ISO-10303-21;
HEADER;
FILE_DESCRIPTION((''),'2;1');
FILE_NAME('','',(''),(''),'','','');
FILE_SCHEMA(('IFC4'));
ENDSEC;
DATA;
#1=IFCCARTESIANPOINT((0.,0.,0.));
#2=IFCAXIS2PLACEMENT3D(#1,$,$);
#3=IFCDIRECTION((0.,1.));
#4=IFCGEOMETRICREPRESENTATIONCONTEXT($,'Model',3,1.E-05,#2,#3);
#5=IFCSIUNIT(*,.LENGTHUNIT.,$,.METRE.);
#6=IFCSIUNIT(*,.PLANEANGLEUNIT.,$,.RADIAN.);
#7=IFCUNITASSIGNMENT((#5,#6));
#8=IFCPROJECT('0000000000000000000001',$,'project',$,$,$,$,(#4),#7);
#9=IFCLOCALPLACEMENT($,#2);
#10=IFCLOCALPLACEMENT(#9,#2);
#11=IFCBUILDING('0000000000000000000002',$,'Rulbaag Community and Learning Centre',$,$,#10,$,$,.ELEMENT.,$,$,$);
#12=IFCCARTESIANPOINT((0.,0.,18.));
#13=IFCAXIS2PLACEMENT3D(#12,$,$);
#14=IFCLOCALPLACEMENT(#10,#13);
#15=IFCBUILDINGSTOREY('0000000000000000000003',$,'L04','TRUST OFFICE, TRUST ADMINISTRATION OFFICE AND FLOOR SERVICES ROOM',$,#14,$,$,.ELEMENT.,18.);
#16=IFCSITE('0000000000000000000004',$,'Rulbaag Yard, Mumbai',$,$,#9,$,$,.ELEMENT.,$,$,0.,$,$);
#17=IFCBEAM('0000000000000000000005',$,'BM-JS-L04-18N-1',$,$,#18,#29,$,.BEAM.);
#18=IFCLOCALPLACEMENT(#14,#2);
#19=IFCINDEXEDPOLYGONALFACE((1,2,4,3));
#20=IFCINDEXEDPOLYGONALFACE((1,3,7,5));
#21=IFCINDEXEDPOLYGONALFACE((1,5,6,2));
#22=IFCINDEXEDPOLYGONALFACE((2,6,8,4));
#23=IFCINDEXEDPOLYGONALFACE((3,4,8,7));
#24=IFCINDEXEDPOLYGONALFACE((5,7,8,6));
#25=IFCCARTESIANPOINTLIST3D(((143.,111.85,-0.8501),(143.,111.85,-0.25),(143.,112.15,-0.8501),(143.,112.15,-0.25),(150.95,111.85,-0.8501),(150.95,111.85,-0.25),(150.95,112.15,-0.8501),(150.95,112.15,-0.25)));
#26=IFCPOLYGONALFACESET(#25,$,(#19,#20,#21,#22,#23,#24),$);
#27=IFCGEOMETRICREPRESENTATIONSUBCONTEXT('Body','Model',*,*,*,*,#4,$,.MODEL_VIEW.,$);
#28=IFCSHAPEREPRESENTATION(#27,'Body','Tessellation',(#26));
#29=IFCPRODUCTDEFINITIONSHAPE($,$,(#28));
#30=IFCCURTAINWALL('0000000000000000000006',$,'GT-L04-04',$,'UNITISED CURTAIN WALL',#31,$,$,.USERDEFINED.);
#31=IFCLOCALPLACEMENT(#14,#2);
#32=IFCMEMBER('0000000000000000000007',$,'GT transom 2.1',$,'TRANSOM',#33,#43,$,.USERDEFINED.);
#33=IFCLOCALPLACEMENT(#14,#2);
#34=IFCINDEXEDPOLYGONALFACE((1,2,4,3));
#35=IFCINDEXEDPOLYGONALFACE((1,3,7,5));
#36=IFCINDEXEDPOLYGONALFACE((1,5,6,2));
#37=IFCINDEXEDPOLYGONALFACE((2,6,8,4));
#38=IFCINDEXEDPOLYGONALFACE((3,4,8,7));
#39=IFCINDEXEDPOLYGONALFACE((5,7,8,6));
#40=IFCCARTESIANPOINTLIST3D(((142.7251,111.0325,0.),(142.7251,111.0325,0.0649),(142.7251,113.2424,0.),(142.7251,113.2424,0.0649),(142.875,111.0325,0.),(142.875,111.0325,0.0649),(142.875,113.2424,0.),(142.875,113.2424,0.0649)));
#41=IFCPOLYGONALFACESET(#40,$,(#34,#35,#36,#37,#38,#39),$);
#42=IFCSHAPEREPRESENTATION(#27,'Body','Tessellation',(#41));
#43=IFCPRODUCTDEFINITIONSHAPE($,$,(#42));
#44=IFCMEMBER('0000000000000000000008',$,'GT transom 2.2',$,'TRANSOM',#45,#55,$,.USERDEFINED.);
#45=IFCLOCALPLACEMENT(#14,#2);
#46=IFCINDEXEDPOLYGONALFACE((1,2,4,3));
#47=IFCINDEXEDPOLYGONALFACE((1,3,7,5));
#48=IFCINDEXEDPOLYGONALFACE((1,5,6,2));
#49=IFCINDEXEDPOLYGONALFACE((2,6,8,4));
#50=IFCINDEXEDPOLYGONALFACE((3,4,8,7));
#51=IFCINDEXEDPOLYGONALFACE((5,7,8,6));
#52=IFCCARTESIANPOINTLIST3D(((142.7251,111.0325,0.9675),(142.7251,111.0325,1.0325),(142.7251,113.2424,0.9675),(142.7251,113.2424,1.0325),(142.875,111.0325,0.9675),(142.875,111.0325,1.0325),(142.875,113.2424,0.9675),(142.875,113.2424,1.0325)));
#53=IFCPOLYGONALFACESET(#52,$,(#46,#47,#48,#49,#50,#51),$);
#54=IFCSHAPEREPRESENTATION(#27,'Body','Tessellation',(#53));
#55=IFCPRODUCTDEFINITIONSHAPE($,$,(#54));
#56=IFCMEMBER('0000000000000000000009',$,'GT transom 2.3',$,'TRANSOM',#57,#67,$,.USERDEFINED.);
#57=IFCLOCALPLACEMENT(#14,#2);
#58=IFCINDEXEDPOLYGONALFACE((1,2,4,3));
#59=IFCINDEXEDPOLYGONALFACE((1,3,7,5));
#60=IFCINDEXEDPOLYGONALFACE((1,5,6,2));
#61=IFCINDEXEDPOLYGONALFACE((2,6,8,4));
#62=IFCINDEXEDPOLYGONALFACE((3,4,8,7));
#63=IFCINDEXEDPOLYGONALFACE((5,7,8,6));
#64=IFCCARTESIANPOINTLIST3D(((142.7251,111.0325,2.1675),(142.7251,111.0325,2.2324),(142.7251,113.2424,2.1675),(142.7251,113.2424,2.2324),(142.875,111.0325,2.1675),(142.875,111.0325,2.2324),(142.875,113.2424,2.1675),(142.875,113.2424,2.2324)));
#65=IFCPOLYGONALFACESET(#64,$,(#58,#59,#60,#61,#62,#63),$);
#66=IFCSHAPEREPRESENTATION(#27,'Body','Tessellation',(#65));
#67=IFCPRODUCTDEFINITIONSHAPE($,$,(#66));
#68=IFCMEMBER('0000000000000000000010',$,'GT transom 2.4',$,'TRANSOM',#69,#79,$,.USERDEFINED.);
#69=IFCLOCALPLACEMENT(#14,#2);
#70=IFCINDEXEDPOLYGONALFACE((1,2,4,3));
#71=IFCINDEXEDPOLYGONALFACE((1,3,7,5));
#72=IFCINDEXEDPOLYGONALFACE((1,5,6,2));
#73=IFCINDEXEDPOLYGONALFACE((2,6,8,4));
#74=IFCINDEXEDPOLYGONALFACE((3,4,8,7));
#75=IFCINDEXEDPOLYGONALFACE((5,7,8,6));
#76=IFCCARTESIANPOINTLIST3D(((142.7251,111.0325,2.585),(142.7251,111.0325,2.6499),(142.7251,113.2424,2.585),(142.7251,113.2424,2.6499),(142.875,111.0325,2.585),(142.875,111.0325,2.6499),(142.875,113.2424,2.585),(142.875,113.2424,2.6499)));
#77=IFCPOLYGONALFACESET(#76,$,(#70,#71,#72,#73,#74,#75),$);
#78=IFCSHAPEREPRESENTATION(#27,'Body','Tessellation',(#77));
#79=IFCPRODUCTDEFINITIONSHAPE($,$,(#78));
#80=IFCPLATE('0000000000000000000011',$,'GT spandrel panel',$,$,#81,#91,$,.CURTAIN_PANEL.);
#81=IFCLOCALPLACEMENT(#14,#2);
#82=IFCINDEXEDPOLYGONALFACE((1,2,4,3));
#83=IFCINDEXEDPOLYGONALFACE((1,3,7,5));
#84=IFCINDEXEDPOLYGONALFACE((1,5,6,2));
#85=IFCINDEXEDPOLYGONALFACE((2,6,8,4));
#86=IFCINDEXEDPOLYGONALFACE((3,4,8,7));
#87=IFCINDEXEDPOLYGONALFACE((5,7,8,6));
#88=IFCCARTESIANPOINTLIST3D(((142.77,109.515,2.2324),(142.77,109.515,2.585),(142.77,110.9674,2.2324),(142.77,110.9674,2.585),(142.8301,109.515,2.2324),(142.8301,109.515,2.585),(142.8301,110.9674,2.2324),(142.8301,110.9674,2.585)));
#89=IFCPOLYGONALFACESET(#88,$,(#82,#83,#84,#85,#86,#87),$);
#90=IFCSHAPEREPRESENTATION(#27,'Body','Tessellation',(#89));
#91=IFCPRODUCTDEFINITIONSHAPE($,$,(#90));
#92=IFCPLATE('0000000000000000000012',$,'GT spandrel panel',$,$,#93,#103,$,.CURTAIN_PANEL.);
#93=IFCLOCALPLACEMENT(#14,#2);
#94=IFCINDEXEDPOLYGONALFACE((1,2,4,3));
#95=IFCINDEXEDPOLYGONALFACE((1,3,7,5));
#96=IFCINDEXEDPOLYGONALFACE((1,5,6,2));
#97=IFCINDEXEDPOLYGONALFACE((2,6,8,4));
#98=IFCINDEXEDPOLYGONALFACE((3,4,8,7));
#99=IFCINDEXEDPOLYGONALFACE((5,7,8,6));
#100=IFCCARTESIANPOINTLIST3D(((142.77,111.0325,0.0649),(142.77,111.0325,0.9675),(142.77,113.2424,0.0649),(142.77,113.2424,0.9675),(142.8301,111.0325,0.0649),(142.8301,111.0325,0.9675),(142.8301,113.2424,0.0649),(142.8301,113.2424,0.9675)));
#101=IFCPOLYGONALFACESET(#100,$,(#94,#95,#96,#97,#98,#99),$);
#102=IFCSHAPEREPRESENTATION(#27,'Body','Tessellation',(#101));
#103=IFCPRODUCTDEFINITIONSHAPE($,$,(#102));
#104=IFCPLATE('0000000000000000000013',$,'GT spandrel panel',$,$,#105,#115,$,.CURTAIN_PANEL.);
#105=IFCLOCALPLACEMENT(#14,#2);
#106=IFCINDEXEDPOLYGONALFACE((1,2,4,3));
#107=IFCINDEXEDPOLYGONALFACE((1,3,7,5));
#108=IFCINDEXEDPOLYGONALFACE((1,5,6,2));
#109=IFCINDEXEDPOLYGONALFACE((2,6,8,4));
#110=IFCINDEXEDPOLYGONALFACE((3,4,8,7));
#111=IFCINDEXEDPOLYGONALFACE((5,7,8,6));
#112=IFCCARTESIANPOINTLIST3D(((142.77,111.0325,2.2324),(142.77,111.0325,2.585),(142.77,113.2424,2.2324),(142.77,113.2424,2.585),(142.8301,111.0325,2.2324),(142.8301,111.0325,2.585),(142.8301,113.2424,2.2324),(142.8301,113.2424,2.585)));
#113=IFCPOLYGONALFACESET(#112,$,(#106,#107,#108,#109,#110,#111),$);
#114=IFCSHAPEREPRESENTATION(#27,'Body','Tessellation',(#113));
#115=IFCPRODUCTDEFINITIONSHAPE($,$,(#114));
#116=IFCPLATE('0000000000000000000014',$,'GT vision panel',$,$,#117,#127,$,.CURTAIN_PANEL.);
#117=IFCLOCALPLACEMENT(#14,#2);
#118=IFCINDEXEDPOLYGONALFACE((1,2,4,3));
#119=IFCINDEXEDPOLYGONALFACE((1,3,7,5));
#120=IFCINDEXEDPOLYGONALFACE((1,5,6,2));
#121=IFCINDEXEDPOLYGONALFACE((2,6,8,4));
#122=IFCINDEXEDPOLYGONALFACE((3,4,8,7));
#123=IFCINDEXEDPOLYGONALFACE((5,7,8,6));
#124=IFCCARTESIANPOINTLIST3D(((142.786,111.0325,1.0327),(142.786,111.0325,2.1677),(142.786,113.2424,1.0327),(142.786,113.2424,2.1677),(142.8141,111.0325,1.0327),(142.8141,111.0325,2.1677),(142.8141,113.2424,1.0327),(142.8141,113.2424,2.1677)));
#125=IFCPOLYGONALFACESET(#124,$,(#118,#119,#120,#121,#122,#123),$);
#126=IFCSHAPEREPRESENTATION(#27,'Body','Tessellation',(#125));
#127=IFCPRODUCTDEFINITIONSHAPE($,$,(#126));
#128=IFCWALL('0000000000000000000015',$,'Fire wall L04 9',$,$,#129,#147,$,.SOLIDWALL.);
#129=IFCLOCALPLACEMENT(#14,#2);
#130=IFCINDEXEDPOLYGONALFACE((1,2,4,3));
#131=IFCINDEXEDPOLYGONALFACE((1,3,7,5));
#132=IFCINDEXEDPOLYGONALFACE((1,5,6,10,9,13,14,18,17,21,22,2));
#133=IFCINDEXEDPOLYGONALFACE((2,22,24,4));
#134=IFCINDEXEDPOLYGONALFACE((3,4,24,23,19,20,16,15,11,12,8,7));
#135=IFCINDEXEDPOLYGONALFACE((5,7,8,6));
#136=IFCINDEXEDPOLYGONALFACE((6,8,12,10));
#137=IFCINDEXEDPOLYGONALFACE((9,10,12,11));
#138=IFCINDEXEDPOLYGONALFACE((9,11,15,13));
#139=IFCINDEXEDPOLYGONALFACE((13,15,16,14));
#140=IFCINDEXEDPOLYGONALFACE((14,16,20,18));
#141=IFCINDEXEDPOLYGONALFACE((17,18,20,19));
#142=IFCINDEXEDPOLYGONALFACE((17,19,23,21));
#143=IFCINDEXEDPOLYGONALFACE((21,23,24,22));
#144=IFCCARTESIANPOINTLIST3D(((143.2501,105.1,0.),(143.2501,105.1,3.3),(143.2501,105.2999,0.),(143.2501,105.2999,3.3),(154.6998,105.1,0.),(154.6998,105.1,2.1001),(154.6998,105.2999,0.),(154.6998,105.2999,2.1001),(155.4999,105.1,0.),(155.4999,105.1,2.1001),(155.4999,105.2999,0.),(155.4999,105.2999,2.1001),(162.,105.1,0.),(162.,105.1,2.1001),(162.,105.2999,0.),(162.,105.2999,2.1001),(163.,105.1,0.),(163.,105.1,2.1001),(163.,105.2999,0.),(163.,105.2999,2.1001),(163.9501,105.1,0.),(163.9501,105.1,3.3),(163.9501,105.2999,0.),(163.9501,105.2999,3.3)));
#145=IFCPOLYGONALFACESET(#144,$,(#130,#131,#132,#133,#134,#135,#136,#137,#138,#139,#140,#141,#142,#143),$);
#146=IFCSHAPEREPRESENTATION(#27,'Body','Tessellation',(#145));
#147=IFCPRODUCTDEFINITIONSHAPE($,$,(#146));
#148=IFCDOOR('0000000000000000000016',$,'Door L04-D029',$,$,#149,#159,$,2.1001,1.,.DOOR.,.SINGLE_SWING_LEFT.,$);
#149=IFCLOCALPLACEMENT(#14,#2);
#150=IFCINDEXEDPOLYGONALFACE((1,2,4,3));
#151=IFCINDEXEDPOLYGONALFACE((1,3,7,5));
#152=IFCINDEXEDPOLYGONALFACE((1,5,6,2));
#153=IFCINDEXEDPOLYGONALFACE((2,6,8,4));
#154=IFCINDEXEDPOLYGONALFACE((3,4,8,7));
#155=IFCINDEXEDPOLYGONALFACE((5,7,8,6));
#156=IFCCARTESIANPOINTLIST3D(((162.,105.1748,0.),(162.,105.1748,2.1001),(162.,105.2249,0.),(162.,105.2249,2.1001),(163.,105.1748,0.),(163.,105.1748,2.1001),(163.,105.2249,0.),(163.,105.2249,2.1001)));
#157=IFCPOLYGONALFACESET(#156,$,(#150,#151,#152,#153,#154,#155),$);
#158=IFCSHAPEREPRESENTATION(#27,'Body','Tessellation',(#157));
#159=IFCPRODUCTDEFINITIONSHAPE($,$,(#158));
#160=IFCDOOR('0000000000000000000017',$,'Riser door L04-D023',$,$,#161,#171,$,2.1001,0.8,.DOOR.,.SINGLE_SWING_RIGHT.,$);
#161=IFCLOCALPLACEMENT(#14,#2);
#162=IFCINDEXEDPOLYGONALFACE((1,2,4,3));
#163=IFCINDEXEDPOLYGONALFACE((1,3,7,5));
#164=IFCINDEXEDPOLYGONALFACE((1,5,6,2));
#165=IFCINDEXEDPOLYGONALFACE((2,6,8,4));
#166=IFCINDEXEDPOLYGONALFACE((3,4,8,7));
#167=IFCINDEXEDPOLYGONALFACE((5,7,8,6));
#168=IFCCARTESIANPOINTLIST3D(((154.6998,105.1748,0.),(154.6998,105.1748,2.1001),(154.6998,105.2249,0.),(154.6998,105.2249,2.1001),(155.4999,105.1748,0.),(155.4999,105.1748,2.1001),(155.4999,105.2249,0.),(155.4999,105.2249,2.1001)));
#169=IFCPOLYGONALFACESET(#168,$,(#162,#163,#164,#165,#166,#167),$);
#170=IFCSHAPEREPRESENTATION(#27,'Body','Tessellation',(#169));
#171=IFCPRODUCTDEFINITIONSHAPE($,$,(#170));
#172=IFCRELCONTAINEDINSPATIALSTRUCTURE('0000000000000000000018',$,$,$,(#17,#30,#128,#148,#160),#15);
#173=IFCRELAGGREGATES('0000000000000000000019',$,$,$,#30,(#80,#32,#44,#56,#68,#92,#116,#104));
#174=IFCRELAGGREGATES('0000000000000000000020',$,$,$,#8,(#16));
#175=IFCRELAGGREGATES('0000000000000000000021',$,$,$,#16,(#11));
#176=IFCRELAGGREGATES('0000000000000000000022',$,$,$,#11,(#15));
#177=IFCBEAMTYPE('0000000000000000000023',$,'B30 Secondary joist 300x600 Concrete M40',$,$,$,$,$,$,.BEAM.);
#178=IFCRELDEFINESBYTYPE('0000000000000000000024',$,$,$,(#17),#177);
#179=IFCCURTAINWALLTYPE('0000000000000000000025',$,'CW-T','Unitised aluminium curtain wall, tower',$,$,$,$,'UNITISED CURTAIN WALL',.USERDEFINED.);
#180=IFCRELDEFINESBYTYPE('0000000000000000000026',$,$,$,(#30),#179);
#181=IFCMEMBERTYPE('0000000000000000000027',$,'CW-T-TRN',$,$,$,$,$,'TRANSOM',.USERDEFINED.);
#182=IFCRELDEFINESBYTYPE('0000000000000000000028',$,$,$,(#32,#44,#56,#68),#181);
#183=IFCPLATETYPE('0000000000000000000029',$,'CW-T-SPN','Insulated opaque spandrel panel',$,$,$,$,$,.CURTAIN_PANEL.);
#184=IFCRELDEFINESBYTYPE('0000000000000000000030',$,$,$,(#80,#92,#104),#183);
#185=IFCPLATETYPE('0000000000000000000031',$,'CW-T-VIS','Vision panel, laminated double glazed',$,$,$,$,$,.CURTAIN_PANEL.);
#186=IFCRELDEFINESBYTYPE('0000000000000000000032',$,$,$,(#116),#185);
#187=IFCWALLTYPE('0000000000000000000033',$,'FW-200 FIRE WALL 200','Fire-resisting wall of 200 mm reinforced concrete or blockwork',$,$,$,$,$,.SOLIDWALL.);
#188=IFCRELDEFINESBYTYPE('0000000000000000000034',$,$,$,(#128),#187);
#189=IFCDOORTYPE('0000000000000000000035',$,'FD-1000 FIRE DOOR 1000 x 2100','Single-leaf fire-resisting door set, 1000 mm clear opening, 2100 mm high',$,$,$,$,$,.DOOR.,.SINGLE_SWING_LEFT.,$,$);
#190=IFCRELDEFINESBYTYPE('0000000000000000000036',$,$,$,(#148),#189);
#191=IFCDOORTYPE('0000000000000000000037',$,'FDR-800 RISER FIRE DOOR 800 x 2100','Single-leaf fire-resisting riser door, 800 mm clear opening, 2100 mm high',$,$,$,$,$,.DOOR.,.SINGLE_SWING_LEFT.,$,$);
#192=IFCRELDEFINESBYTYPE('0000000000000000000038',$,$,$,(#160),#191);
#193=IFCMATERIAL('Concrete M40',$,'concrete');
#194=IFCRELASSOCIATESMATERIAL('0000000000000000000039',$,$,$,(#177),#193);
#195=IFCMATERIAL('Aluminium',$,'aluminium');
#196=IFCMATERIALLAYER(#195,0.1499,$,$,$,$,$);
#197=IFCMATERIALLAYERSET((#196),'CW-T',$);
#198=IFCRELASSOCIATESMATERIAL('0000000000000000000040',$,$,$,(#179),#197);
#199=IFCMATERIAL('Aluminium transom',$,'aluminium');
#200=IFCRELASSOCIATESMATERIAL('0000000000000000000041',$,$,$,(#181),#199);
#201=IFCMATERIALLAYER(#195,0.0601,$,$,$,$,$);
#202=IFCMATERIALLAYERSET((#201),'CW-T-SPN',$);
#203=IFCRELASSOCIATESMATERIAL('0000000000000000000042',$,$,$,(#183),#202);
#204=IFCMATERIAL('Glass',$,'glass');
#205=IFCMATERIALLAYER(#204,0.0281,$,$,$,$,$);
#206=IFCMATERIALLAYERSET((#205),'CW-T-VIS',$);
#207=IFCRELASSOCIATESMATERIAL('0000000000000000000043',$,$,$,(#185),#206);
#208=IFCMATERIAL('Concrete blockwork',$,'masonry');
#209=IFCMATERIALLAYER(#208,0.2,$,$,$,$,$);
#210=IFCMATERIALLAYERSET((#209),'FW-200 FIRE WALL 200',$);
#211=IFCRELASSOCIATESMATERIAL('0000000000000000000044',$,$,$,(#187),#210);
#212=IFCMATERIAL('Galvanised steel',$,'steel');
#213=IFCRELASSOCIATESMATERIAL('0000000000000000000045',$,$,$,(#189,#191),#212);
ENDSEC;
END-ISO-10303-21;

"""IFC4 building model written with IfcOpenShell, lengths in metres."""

from ifc_helpers import new_model, si_unit, direction, frame, frame_2d, origin, origin_2d, place, context, subcontext, project, spatial, rectangle, extrude, material, layer, layer_set, material_profile, profile_set, type_object, element, fill, aggregate, save


model = new_model("IFC4")

# Units and contexts
model_context = context("Model", 3, precision=1e-05, world=origin(), true_north=direction((0.0, 1.0)))
body_context = subcontext(model_context, "Body", "Model", "MODEL_VIEW")
ifc_project = project(units=[si_unit("LENGTHUNIT", "METRE"), si_unit("PLANEANGLEUNIT", "RADIAN")], contexts=[model_context])

# Site, building, storey
site_placement = place(None, origin())
site = spatial("IfcSite", under=ifc_project, at=site_placement, Name="Rulbaag Yard, Mumbai", CompositionType="ELEMENT", RefElevation=0.0)
building_placement = place(site_placement, origin())
building = spatial("IfcBuilding", under=site, at=building_placement, Name="Rulbaag Community and Learning Centre", CompositionType="ELEMENT")
storey_placement = place(building_placement, frame((0.0, 0.0, 18.0)))
storey = spatial("IfcBuildingStorey", under=building, at=storey_placement, Name="L04", Description="TRUST OFFICE, TRUST ADMINISTRATION OFFICE AND FLOOR SERVICES ROOM", CompositionType="ELEMENT", Elevation=18.0)

# Beam
ifc_material_1 = material(Name="Concrete M40", Category="concrete")
ifc_material_profile_1 = material_profile(ifc_material_1, rectangle(XDim=0.3, YDim=0.6001, at=origin_2d()), Name="RB300x600")
ifc_profile_set_1 = profile_set([ifc_material_profile_1], Name="Concrete M40")
beam_type = type_object("IfcBeamType", Name="B30 Secondary joist 300x600 Concrete M40", PredefinedType="BEAM", material=ifc_profile_set_1)
beam_placement = place(storey_placement, frame((143.0, 112.0, -0.55), z_axis=(1.0, 0.0, 0.0), x_axis=(0.0, 1.0, 0.0)))
element("IfcBeam", 1, at=beam_placement, inside=storey, type_object=beam_type, Name="BM-JS-L04-18N-1", PredefinedType="BEAM", context=body_context, shape_type="SweptSolid", body=[
    extrude(rectangle(XDim=0.3, YDim=0.6001, at=origin_2d()), origin(), (0.0, 0.0, 1.0), 7.95),
])

# Curtain wall, members, plates
ifc_material_2 = material(Name="Aluminium", Category="aluminium")
ifc_layer_1 = layer(ifc_material_2, 0.1499)
ifc_layer_set_1 = layer_set([ifc_layer_1], Name="CW-T")
curtain_wall_type = type_object("IfcCurtainWallType", Name="CW-T", Description="Unitised aluminium curtain wall, tower", ElementType="UNITISED CURTAIN WALL", PredefinedType="USERDEFINED", material=ifc_layer_set_1)
curtain_wall_placement = place(storey_placement, origin())
curtain_wall = element("IfcCurtainWall", 2, at=curtain_wall_placement, inside=storey, type_object=curtain_wall_type, Name="GT-L04-04", ObjectType="UNITISED CURTAIN WALL", PredefinedType="USERDEFINED")
ifc_material_3 = material(Name="Aluminium transom", Category="aluminium")
ifc_material_profile_2 = material_profile(ifc_material_3, rectangle(XDim=0.1499, YDim=0.0649, at=origin_2d()), Name="AL 65x150 T")
ifc_profile_set_2 = profile_set([ifc_material_profile_2], Name="Aluminium transom")
member_type = type_object("IfcMemberType", Name="CW-T-TRN", ElementType="TRANSOM", PredefinedType="USERDEFINED", material=ifc_profile_set_2)
member_1_placement = place(storey_placement, frame((142.8, 111.0325, 0.0325), z_axis=(0.0, 1.0, 0.0), x_axis=(-1.0, 0.0, 0.0)))
member_1 = element("IfcMember", 3, at=member_1_placement, type_object=member_type, Name="GT transom 2.1", ObjectType="TRANSOM", PredefinedType="USERDEFINED", context=body_context, shape_type="SweptSolid", body=[
    extrude(rectangle(XDim=0.1499, YDim=0.0649, at=origin_2d()), origin(), (0.0, 0.0, 1.0), 2.21),
])
member_2_placement = place(storey_placement, frame((142.8, 111.0325, 1.0), z_axis=(0.0, 1.0, 0.0), x_axis=(-1.0, 0.0, 0.0)))
member_2 = element("IfcMember", 4, at=member_2_placement, type_object=member_type, Name="GT transom 2.2", ObjectType="TRANSOM", PredefinedType="USERDEFINED", context=body_context, shape_type="SweptSolid", body=[
    extrude(rectangle(XDim=0.1499, YDim=0.0649, at=origin_2d()), origin(), (0.0, 0.0, 1.0), 2.21),
])
member_3_placement = place(storey_placement, frame((142.8, 111.0325, 2.2), z_axis=(0.0, 1.0, 0.0), x_axis=(-1.0, 0.0, 0.0)))
member_3 = element("IfcMember", 5, at=member_3_placement, type_object=member_type, Name="GT transom 2.3", ObjectType="TRANSOM", PredefinedType="USERDEFINED", context=body_context, shape_type="SweptSolid", body=[
    extrude(rectangle(XDim=0.1499, YDim=0.0649, at=origin_2d()), origin(), (0.0, 0.0, 1.0), 2.21),
])
member_4_placement = place(storey_placement, frame((142.8, 111.0325, 2.6174), z_axis=(0.0, 1.0, 0.0), x_axis=(-1.0, 0.0, 0.0)))
member_4 = element("IfcMember", 6, at=member_4_placement, type_object=member_type, Name="GT transom 2.4", ObjectType="TRANSOM", PredefinedType="USERDEFINED", context=body_context, shape_type="SweptSolid", body=[
    extrude(rectangle(XDim=0.1499, YDim=0.0649, at=origin_2d()), origin(), (0.0, 0.0, 1.0), 2.21),
])
ifc_layer_2 = layer(ifc_material_2, 0.0601)
ifc_layer_set_2 = layer_set([ifc_layer_2], Name="CW-T-SPN")
plate_type_1 = type_object("IfcPlateType", Name="CW-T-SPN", Description="Insulated opaque spandrel panel", PredefinedType="CURTAIN_PANEL", material=ifc_layer_set_2)
plate_1_placement = place(storey_placement, frame((142.8, 110.2412, 2.2324), z_axis=(0.0, 0.0, 1.0), x_axis=(0.0, 1.0, 0.0)))
plate_1 = element("IfcPlate", 7, at=plate_1_placement, type_object=plate_type_1, Name="GT spandrel panel", PredefinedType="CURTAIN_PANEL", context=body_context, shape_type="SweptSolid", body=[
    extrude(rectangle(XDim=1.4524, YDim=0.0601, at=origin_2d()), origin(), (0.0, 0.0, 1.0), 0.3525),
])
plate_2_placement = place(storey_placement, frame((142.8, 112.1375, 0.0649), z_axis=(0.0, 0.0, 1.0), x_axis=(0.0, 1.0, 0.0)))
plate_2 = element("IfcPlate", 8, at=plate_2_placement, type_object=plate_type_1, Name="GT spandrel panel", PredefinedType="CURTAIN_PANEL", context=body_context, shape_type="SweptSolid", body=[
    extrude(rectangle(XDim=2.21, YDim=0.0601, at=origin_2d()), origin(), (0.0, 0.0, 1.0), 0.9026),
])
plate_3_placement = place(storey_placement, frame((142.8, 112.1375, 2.2324), z_axis=(0.0, 0.0, 1.0), x_axis=(0.0, 1.0, 0.0)))
plate_3 = element("IfcPlate", 9, at=plate_3_placement, type_object=plate_type_1, Name="GT spandrel panel", PredefinedType="CURTAIN_PANEL", context=body_context, shape_type="SweptSolid", body=[
    extrude(rectangle(XDim=2.21, YDim=0.0601, at=origin_2d()), origin(), (0.0, 0.0, 1.0), 0.3525),
])
ifc_material_4 = material(Name="Glass", Category="glass")
ifc_layer_3 = layer(ifc_material_4, 0.0281)
ifc_layer_set_3 = layer_set([ifc_layer_3], Name="CW-T-VIS")
plate_type_2 = type_object("IfcPlateType", Name="CW-T-VIS", Description="Vision panel, laminated double glazed", PredefinedType="CURTAIN_PANEL", material=ifc_layer_set_3)
plate_4_placement = place(storey_placement, frame((142.8, 112.1375, 1.0327), z_axis=(0.0, 0.0, 1.0), x_axis=(0.0, 1.0, 0.0)))
plate_4 = element("IfcPlate", 10, at=plate_4_placement, type_object=plate_type_2, Name="GT vision panel", PredefinedType="CURTAIN_PANEL", context=body_context, shape_type="SweptSolid", body=[
    extrude(rectangle(XDim=2.21, YDim=0.0281, at=origin_2d()), origin(), (0.0, 0.0, 1.0), 1.135),
])
aggregate(curtain_wall, [plate_1, member_1, member_2, member_3, member_4, plate_2, plate_4, plate_3])

# Wall, openings, doors
ifc_material_5 = material(Name="Concrete blockwork", Category="masonry")
ifc_layer_4 = layer(ifc_material_5, 0.2)
ifc_layer_set_4 = layer_set([ifc_layer_4], Name="FW-200 FIRE WALL 200")
wall_type_1 = type_object("IfcWallType", Name="FW-200 FIRE WALL 200", Description="Fire-resisting wall of 200 mm reinforced concrete or blockwork", PredefinedType="SOLIDWALL", material=ifc_layer_set_4)
wall_1_placement = place(storey_placement, frame((143.25, 105.2, 0.0), z_axis=(0.0, 0.0, 1.0), x_axis=(1.0, 0.0, 0.0)))
wall_1 = element("IfcWall", 11, at=wall_1_placement, inside=storey, type_object=wall_type_1, Name="Fire wall L04 9", PredefinedType="SOLIDWALL", context=body_context, shape_type="SweptSolid", body=[
    extrude(rectangle(XDim=20.7, YDim=0.2, at=frame_2d((10.3501, 0.0))), origin(), (0.0, 0.0, 1.0), 3.3),
])
opening_1_placement = place(wall_1_placement, frame((11.45, 0.0, 0.0)))
opening_1 = element("IfcOpeningElement", 12, at=opening_1_placement, cuts=wall_1, PredefinedType="OPENING", context=body_context, shape_type="SweptSolid", body=[
    extrude(rectangle(XDim=0.8, YDim=2.1001, at=frame_2d((0.3999, 1.05))), frame((0.0, 0.1099, 0.0), z_axis=(0.0, -1.0, 0.0), x_axis=(1.0, 0.0, 0.0)), (0.0, 0.0, 1.0), 0.22),
])
opening_2_placement = place(wall_1_placement, frame((18.75, 0.0, 0.0)))
opening_2 = element("IfcOpeningElement", 13, at=opening_2_placement, cuts=wall_1, PredefinedType="OPENING", context=body_context, shape_type="SweptSolid", body=[
    extrude(rectangle(XDim=1.0, YDim=2.1001, at=frame_2d((0.5, 1.05))), frame((0.0, 0.1099, 0.0), z_axis=(0.0, -1.0, 0.0), x_axis=(1.0, 0.0, 0.0)), (0.0, 0.0, 1.0), 0.22),
])
ifc_material_6 = material(Name="Galvanised steel", Category="steel")
door_type_1 = type_object("IfcDoorType", Name="FD-1000 FIRE DOOR 1000 x 2100", Description="Single-leaf fire-resisting door set, 1000 mm clear opening, 2100 mm high", OperationType="SINGLE_SWING_LEFT", PredefinedType="DOOR", material=ifc_material_6)
door_1_placement = place(opening_2_placement, origin())
door_1 = element("IfcDoor", 14, at=door_1_placement, inside=storey, type_object=door_type_1, Name="Door L04-D029", OperationType="SINGLE_SWING_LEFT", OverallHeight=2.1001, OverallWidth=1.0, PredefinedType="DOOR", context=body_context, shape_type="SweptSolid", body=[
    extrude(rectangle(XDim=1.0, YDim=2.1001, at=frame_2d((0.5, 1.05))), frame((0.0, 0.0249, 0.0), z_axis=(0.0, -1.0, 0.0), x_axis=(1.0, 0.0, 0.0)), (0.0, 0.0, 1.0), 0.05),
])
fill(opening_2, door_1)
door_type_2 = type_object("IfcDoorType", Name="FDR-800 RISER FIRE DOOR 800 x 2100", Description="Single-leaf fire-resisting riser door, 800 mm clear opening, 2100 mm high", OperationType="SINGLE_SWING_LEFT", PredefinedType="DOOR", material=ifc_material_6)
door_2_placement = place(opening_1_placement, origin())
door_2 = element("IfcDoor", 15, at=door_2_placement, inside=storey, type_object=door_type_2, Name="Riser door L04-D023", OperationType="SINGLE_SWING_RIGHT", OverallHeight=2.1001, OverallWidth=0.8, PredefinedType="DOOR", context=body_context, shape_type="SweptSolid", body=[
    extrude(rectangle(XDim=0.8, YDim=2.1001, at=frame_2d((0.3999, 1.05))), frame((0.0, 0.0249, 0.0), z_axis=(0.0, -1.0, 0.0), x_axis=(1.0, 0.0, 0.0)), (0.0, 0.0, 1.0), 0.05),
])
fill(opening_1, door_2)

save(model, "model.ifc")
